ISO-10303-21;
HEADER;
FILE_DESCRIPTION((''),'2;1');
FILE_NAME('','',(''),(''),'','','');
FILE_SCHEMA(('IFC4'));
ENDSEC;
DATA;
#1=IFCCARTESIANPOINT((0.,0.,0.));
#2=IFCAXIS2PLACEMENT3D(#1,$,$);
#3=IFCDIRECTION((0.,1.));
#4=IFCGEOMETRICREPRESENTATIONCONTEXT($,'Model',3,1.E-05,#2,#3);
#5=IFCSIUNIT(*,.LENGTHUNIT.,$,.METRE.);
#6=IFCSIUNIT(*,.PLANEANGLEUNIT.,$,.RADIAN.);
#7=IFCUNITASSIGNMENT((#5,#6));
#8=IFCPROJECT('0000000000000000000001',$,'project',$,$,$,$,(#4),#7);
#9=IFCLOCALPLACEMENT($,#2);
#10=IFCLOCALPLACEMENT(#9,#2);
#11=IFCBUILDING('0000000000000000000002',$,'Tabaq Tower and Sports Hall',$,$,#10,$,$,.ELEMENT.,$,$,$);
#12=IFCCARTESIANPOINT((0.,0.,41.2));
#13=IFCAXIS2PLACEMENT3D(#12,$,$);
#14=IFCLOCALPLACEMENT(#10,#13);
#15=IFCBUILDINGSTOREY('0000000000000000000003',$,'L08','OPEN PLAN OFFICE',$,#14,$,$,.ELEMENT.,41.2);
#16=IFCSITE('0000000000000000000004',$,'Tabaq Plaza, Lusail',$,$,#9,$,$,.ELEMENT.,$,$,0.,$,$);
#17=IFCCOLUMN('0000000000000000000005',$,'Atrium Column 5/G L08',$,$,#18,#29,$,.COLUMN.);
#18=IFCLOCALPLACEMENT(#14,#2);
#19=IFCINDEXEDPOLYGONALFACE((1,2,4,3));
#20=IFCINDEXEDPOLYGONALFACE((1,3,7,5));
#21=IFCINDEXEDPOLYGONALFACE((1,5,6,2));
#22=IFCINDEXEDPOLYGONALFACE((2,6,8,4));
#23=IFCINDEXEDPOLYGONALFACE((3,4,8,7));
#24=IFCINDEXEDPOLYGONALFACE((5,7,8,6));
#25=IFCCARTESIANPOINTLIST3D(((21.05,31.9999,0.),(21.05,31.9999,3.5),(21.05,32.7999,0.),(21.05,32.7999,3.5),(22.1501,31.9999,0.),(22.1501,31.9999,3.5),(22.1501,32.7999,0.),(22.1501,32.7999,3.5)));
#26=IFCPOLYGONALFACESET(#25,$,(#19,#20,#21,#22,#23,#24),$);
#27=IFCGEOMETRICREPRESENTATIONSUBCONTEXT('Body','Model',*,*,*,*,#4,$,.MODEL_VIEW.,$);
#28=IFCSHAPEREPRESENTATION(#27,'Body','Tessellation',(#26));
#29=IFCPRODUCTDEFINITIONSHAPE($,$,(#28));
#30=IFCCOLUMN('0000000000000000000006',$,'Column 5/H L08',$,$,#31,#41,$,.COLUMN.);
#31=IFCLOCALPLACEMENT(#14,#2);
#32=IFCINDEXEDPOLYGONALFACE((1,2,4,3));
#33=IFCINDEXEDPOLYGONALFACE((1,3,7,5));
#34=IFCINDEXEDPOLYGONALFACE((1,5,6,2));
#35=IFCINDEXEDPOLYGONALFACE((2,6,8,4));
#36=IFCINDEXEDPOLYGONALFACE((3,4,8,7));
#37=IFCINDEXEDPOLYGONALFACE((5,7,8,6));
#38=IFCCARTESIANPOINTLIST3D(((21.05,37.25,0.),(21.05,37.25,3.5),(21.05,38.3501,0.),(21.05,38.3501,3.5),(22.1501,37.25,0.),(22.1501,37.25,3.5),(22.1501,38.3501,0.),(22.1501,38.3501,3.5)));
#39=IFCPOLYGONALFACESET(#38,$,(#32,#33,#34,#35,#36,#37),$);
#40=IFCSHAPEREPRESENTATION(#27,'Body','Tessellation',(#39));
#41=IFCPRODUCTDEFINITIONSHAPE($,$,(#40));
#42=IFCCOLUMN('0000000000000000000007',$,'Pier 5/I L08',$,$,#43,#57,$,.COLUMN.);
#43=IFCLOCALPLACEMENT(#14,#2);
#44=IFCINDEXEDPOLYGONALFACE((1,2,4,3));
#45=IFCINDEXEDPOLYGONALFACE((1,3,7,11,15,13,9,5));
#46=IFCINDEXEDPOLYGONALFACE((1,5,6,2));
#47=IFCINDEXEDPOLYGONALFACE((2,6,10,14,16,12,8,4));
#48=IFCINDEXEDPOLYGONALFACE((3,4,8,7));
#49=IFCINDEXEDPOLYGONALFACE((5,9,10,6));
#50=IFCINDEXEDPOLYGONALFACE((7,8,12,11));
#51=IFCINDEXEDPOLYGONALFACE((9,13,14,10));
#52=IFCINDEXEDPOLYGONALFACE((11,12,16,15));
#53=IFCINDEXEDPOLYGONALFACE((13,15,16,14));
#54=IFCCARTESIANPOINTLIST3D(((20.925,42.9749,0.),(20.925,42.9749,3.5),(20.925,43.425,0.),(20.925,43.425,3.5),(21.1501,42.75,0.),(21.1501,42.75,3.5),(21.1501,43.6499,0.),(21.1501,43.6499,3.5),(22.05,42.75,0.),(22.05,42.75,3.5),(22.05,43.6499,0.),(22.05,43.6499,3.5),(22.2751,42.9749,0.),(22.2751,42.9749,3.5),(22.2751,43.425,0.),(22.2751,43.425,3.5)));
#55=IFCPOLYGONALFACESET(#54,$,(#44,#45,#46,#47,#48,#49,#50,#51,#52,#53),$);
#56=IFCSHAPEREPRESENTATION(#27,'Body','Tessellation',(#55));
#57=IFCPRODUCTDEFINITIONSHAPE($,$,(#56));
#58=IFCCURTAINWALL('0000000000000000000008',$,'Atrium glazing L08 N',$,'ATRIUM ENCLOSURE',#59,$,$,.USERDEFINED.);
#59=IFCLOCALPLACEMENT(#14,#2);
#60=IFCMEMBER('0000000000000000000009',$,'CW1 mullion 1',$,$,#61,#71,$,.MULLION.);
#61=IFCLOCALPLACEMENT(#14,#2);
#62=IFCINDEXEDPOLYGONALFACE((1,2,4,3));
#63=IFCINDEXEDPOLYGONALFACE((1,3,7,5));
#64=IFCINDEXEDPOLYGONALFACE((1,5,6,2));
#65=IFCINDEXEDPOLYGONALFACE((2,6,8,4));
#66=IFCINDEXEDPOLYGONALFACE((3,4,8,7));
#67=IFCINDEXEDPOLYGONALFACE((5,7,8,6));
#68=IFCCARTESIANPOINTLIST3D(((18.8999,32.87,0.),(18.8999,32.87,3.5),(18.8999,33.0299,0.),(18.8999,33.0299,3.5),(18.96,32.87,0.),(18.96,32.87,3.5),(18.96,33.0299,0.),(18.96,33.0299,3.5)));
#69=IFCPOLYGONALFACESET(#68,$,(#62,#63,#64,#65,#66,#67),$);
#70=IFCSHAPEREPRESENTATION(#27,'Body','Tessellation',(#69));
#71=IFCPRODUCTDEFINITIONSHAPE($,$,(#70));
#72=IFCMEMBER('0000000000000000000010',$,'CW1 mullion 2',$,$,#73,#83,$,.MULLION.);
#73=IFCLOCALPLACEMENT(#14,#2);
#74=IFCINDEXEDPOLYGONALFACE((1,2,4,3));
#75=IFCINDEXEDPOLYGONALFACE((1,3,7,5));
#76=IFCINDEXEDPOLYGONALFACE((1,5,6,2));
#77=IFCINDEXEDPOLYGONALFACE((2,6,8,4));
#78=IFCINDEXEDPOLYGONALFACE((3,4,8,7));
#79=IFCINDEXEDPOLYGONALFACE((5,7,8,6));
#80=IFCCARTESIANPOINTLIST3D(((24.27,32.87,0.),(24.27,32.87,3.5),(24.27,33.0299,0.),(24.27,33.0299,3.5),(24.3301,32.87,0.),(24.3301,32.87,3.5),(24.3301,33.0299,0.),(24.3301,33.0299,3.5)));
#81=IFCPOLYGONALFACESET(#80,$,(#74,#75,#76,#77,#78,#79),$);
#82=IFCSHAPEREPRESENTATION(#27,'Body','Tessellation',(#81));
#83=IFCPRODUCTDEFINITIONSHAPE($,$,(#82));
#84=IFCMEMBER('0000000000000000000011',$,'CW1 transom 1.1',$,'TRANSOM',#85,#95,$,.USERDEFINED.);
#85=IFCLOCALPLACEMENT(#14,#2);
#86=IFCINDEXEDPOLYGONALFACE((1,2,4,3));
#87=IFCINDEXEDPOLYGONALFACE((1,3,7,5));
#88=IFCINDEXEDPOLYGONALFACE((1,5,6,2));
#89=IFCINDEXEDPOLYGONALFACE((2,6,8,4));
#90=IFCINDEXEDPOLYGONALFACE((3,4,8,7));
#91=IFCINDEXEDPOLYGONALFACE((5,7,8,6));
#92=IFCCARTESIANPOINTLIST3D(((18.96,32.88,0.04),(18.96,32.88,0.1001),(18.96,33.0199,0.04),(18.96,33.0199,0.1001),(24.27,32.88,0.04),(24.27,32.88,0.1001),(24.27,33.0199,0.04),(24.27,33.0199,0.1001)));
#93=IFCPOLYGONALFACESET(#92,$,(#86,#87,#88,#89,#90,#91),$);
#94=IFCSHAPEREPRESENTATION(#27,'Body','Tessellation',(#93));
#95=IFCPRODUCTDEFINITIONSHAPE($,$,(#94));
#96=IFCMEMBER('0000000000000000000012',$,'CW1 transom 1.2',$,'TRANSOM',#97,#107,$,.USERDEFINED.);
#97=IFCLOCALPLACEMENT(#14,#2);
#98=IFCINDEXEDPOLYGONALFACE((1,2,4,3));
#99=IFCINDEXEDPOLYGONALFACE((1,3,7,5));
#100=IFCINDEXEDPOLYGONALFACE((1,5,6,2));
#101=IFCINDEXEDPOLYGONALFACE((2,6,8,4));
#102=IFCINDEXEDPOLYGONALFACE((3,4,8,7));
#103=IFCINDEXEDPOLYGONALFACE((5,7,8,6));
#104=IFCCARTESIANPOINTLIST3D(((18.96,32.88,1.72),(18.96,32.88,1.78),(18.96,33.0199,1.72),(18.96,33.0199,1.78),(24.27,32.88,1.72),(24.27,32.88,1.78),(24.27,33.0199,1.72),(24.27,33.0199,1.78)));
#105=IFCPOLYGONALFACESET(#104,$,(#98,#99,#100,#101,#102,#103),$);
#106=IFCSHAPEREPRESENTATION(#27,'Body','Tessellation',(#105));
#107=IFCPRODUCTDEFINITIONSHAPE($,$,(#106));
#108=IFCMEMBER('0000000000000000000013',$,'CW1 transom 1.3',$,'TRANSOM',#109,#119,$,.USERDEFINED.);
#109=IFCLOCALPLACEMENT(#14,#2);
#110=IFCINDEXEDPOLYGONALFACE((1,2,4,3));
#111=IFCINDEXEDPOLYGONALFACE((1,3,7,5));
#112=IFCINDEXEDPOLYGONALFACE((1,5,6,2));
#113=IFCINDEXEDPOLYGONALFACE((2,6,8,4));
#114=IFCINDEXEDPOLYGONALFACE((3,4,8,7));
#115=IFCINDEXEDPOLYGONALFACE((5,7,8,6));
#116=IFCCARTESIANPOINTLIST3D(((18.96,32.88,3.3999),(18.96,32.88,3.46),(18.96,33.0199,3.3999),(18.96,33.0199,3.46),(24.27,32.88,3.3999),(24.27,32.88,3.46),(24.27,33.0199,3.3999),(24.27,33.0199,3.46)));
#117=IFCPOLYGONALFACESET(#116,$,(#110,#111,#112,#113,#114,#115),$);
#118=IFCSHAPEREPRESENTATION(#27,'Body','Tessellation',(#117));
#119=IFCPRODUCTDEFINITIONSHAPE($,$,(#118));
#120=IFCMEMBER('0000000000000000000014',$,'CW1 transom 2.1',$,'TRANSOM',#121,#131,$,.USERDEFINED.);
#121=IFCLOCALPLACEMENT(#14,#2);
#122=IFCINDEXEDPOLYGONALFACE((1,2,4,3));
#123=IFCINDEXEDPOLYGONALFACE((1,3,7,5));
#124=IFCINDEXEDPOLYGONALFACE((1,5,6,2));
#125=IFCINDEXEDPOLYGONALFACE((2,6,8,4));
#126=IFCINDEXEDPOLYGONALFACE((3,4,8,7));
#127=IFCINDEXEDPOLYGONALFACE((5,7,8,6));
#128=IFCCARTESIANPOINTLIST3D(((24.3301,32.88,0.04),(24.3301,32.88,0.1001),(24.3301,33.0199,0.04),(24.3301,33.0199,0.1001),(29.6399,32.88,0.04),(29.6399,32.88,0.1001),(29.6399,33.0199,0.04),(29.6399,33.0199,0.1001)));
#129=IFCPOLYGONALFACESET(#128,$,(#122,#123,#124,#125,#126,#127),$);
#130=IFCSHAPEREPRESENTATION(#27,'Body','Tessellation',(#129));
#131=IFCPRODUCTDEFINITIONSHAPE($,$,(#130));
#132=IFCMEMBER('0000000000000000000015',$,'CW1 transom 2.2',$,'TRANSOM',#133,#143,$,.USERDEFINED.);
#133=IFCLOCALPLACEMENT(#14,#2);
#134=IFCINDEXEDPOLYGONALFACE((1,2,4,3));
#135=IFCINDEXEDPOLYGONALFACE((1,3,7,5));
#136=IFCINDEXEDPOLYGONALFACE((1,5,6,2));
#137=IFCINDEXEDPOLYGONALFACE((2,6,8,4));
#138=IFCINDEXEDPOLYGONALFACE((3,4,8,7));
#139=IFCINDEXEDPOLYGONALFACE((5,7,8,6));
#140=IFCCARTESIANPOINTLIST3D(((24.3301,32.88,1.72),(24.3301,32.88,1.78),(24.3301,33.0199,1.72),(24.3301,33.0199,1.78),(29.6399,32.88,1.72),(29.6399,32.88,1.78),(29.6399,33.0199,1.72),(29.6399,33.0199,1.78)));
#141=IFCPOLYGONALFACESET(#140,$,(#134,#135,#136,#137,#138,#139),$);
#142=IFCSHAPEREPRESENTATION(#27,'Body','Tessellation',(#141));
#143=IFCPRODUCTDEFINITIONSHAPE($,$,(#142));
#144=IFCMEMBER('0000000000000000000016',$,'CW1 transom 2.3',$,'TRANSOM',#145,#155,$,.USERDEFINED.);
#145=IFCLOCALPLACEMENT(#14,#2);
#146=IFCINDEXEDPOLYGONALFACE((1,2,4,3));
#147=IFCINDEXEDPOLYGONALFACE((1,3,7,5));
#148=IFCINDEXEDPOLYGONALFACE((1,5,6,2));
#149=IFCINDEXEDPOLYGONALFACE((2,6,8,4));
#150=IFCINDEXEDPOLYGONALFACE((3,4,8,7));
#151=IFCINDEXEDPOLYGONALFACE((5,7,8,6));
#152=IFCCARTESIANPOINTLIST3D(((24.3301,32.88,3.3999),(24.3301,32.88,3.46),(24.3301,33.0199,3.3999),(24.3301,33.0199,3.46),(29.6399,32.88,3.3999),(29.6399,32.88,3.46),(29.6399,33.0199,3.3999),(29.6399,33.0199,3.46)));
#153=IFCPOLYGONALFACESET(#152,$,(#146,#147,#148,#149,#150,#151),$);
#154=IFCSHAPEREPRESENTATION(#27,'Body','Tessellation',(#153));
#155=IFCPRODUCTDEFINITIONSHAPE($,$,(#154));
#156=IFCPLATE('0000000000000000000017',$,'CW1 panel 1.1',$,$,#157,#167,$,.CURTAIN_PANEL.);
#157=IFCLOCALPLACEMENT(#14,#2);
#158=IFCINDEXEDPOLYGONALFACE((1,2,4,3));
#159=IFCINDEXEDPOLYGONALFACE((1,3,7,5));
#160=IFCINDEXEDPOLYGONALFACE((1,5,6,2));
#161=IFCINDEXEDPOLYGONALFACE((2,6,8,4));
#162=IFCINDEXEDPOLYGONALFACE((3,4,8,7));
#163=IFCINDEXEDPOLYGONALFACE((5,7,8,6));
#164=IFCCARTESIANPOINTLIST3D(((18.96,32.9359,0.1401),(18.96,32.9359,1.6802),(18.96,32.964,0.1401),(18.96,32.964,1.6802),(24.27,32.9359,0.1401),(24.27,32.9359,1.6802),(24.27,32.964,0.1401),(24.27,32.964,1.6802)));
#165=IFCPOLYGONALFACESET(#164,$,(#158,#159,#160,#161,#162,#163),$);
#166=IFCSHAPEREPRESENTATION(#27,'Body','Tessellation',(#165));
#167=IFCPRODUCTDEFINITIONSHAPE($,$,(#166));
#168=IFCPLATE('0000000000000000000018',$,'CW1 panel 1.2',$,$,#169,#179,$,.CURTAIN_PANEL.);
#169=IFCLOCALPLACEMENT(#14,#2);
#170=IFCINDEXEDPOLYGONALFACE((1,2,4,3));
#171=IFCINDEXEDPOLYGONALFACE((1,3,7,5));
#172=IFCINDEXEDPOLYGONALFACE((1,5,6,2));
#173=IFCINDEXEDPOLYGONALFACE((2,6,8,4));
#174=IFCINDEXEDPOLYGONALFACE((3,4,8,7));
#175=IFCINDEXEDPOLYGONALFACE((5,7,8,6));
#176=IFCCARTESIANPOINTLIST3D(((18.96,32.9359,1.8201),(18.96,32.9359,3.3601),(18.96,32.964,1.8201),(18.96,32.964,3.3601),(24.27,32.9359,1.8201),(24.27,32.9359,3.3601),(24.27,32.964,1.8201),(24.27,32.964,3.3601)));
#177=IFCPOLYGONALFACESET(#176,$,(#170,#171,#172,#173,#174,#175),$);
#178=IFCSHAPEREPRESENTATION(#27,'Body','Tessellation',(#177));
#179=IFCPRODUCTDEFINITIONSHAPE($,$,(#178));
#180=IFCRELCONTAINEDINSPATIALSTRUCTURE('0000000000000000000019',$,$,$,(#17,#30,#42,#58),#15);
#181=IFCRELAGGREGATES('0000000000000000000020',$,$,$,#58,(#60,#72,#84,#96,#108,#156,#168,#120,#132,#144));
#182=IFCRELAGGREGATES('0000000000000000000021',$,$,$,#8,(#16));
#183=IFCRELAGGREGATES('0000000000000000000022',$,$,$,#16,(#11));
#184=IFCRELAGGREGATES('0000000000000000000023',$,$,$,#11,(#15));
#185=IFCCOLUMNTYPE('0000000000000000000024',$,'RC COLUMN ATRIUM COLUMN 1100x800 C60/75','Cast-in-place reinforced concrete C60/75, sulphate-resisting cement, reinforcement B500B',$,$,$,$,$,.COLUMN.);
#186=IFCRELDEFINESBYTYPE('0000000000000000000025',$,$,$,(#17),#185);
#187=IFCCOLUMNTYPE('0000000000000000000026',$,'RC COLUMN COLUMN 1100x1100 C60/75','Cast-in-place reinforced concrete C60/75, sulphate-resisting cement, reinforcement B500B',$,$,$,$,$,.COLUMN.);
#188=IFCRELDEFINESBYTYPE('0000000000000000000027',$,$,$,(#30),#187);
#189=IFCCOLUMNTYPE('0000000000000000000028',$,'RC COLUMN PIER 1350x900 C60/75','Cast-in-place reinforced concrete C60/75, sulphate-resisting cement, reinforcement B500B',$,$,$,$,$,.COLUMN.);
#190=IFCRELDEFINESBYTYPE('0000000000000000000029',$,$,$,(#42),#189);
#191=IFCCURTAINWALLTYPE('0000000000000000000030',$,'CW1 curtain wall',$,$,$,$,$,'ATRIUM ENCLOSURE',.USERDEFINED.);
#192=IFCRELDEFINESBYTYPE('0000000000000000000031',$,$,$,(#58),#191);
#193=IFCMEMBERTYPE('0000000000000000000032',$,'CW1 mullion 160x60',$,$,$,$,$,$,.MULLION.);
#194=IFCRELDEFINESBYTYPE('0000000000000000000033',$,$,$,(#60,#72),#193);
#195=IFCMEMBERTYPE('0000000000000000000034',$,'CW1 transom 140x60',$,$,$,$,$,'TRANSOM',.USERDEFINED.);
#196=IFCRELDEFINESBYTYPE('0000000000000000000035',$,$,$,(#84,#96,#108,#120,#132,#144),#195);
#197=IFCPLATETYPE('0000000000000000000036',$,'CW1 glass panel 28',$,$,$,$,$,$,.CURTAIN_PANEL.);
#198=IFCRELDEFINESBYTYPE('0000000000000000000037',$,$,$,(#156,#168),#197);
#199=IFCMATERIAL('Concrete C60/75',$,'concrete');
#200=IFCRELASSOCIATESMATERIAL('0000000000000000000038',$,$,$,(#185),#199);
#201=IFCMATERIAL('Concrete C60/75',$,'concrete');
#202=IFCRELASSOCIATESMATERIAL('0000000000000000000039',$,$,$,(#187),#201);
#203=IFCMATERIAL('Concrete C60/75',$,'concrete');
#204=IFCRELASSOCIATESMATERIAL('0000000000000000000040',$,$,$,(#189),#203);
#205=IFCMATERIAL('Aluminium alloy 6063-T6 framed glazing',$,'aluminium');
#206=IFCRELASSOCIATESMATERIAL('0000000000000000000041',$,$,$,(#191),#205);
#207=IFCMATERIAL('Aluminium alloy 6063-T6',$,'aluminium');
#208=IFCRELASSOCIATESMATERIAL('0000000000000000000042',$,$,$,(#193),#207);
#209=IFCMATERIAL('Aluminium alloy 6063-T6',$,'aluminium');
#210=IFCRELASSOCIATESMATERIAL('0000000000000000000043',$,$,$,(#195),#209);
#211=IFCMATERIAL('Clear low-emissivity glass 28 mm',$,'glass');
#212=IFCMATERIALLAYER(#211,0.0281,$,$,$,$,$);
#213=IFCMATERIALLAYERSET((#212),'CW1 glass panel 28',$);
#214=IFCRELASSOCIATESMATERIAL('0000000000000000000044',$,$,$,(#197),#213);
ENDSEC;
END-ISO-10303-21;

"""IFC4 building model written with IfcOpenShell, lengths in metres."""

from ifc_helpers import new_model, si_unit, direction, frame, origin, origin_2d, place, context, subcontext, project, spatial, polyline, rectangle, outline, extrude, material, layer, layer_set, material_profile, profile_set, type_object, element, aggregate, save


model = new_model("IFC4")

# Units and contexts
model_context = context("Model", 3, precision=1e-05, world=origin(), true_north=direction((0.0, 1.0)))
body_context = subcontext(model_context, "Body", "Model", "MODEL_VIEW")
ifc_project = project(units=[si_unit("LENGTHUNIT", "METRE"), si_unit("PLANEANGLEUNIT", "RADIAN")], contexts=[model_context])

# Site, building, storey
site_placement = place(None, origin())
site = spatial("IfcSite", under=ifc_project, at=site_placement, Name="Tabaq Plaza, Lusail", CompositionType="ELEMENT", RefElevation=0.0)
building_placement = place(site_placement, origin())
building = spatial("IfcBuilding", under=site, at=building_placement, Name="Tabaq Tower and Sports Hall", CompositionType="ELEMENT")
storey_placement = place(building_placement, frame((0.0, 0.0, 41.2)))
storey = spatial("IfcBuildingStorey", under=building, at=storey_placement, Name="L08", Description="OPEN PLAN OFFICE", CompositionType="ELEMENT", Elevation=41.2)

# Columns
ifc_material_1 = material(Name="Concrete C60/75", Category="concrete")
ifc_material_profile_1 = material_profile(ifc_material_1, rectangle(XDim=1.1001, YDim=0.8, at=origin_2d()), Name="ATRIUM COLUMN 1100x800")
ifc_profile_set_1 = profile_set([ifc_material_profile_1], Name="Concrete C60/75")
column_type_1 = type_object("IfcColumnType", Name="RC COLUMN ATRIUM COLUMN 1100x800 C60/75", Description="Cast-in-place reinforced concrete C60/75, sulphate-resisting cement, reinforcement B500B", PredefinedType="COLUMN", material=ifc_profile_set_1)
column_1_placement = place(storey_placement, frame((21.6001, 32.3999, 0.0), z_axis=(0.0, 0.0, 1.0), x_axis=(1.0, 0.0, 0.0)))
element("IfcColumn", 1, at=column_1_placement, inside=storey, type_object=column_type_1, Name="Atrium Column 5/G L08", PredefinedType="COLUMN", context=body_context, shape_type="SweptSolid", body=[
    extrude(rectangle(XDim=1.1001, YDim=0.8, at=origin_2d()), origin(), (0.0, 0.0, 1.0), 3.5),
])
ifc_material_2 = material(Name="Concrete C60/75", Category="concrete")
ifc_material_profile_2 = material_profile(ifc_material_2, rectangle(XDim=1.1001, YDim=1.1001, at=origin_2d()), Name="COLUMN 1100x1100")
ifc_profile_set_2 = profile_set([ifc_material_profile_2], Name="Concrete C60/75")
column_type_2 = type_object("IfcColumnType", Name="RC COLUMN COLUMN 1100x1100 C60/75", Description="Cast-in-place reinforced concrete C60/75, sulphate-resisting cement, reinforcement B500B", PredefinedType="COLUMN", material=ifc_profile_set_2)
column_2_placement = place(storey_placement, frame((21.6001, 37.8, 0.0), z_axis=(0.0, 0.0, 1.0), x_axis=(1.0, 0.0, 0.0)))
element("IfcColumn", 2, at=column_2_placement, inside=storey, type_object=column_type_2, Name="Column 5/H L08", PredefinedType="COLUMN", context=body_context, shape_type="SweptSolid", body=[
    extrude(rectangle(XDim=1.1001, YDim=1.1001, at=origin_2d()), origin(), (0.0, 0.0, 1.0), 3.5),
])
ifc_material_3 = material(Name="Concrete C60/75", Category="concrete")
ifc_material_profile_3 = material_profile(ifc_material_3, outline(polyline([(-0.45, -0.45), (0.45, -0.45), (0.675, -0.2251), (0.675, 0.2251), (0.45, 0.45), (-0.45, 0.45), (-0.675, 0.2251), (-0.675, -0.2251), (-0.45, -0.45)])), Name="PIER 1350x900")
ifc_profile_set_3 = profile_set([ifc_material_profile_3], Name="Concrete C60/75")
column_type_3 = type_object("IfcColumnType", Name="RC COLUMN PIER 1350x900 C60/75", Description="Cast-in-place reinforced concrete C60/75, sulphate-resisting cement, reinforcement B500B", PredefinedType="COLUMN", material=ifc_profile_set_3)
column_3_placement = place(storey_placement, frame((21.6001, 43.2, 0.0), z_axis=(0.0, 0.0, 1.0), x_axis=(1.0, 0.0, 0.0)))
element("IfcColumn", 3, at=column_3_placement, inside=storey, type_object=column_type_3, Name="Pier 5/I L08", PredefinedType="COLUMN", context=body_context, shape_type="SweptSolid", body=[
    extrude(outline(polyline([(-0.45, -0.45), (0.45, -0.45), (0.675, -0.2251), (0.675, 0.2251), (0.45, 0.45), (-0.45, 0.45), (-0.675, 0.2251), (-0.675, -0.2251), (-0.45, -0.45)])), origin(), (0.0, 0.0, 1.0), 3.5),
])

# Curtain wall, members, plates
ifc_material_4 = material(Name="Aluminium alloy 6063-T6 framed glazing", Category="aluminium")
curtain_wall_type = type_object("IfcCurtainWallType", Name="CW1 curtain wall", ElementType="ATRIUM ENCLOSURE", PredefinedType="USERDEFINED", material=ifc_material_4)
curtain_wall_placement = place(storey_placement, origin())
curtain_wall = element("IfcCurtainWall", 4, at=curtain_wall_placement, inside=storey, type_object=curtain_wall_type, Name="Atrium glazing L08 N", ObjectType="ATRIUM ENCLOSURE", PredefinedType="USERDEFINED")
ifc_material_5 = material(Name="Aluminium alloy 6063-T6", Category="aluminium")
ifc_material_profile_4 = material_profile(ifc_material_5, rectangle(XDim=0.1599, YDim=0.0601, at=origin_2d()), Name="MULLION 160x60")
ifc_profile_set_4 = profile_set([ifc_material_profile_4], Name="Aluminium alloy 6063-T6")
member_type_1 = type_object("IfcMemberType", Name="CW1 mullion 160x60", PredefinedType="MULLION", material=ifc_profile_set_4)
member_1_placement = place(storey_placement, frame((18.9299, 32.95, 0.0), z_axis=(0.0, 0.0, 1.0), x_axis=(0.0, 1.0, 0.0)))
member_1 = element("IfcMember", 5, at=member_1_placement, type_object=member_type_1, Name="CW1 mullion 1", PredefinedType="MULLION", context=body_context, shape_type="SweptSolid", body=[
    extrude(rectangle(XDim=0.1599, YDim=0.0601, at=origin_2d()), origin(), (0.0, 0.0, 1.0), 3.5),
])
member_2_placement = place(storey_placement, frame((24.3, 32.95, 0.0), z_axis=(0.0, 0.0, 1.0), x_axis=(0.0, 1.0, 0.0)))
member_2 = element("IfcMember", 6, at=member_2_placement, type_object=member_type_1, Name="CW1 mullion 2", PredefinedType="MULLION", context=body_context, shape_type="SweptSolid", body=[
    extrude(rectangle(XDim=0.1599, YDim=0.0601, at=origin_2d()), origin(), (0.0, 0.0, 1.0), 3.5),
])
ifc_material_6 = material(Name="Aluminium alloy 6063-T6", Category="aluminium")
ifc_material_profile_5 = material_profile(ifc_material_6, rectangle(XDim=0.1399, YDim=0.0601, at=origin_2d()), Name="TRANSOM 140x60")
ifc_profile_set_5 = profile_set([ifc_material_profile_5], Name="Aluminium alloy 6063-T6")
member_type_2 = type_object("IfcMemberType", Name="CW1 transom 140x60", ElementType="TRANSOM", PredefinedType="USERDEFINED", material=ifc_profile_set_5)
member_3_placement = place(storey_placement, frame((18.96, 32.95, 0.0701), z_axis=(1.0, 0.0, 0.0), x_axis=(0.0, 1.0, 0.0)))
member_3 = element("IfcMember", 7, at=member_3_placement, type_object=member_type_2, Name="CW1 transom 1.1", ObjectType="TRANSOM", PredefinedType="USERDEFINED", context=body_context, shape_type="SweptSolid", body=[
    extrude(rectangle(XDim=0.1399, YDim=0.0601, at=origin_2d()), origin(), (0.0, 0.0, 1.0), 5.3101),
])
member_4_placement = place(storey_placement, frame((18.96, 32.95, 1.75), z_axis=(1.0, 0.0, 0.0), x_axis=(0.0, 1.0, 0.0)))
member_4 = element("IfcMember", 8, at=member_4_placement, type_object=member_type_2, Name="CW1 transom 1.2", ObjectType="TRANSOM", PredefinedType="USERDEFINED", context=body_context, shape_type="SweptSolid", body=[
    extrude(rectangle(XDim=0.1399, YDim=0.0601, at=origin_2d()), origin(), (0.0, 0.0, 1.0), 5.3101),
])
member_5_placement = place(storey_placement, frame((18.96, 32.95, 3.4299), z_axis=(1.0, 0.0, 0.0), x_axis=(0.0, 1.0, 0.0)))
member_5 = element("IfcMember", 9, at=member_5_placement, type_object=member_type_2, Name="CW1 transom 1.3", ObjectType="TRANSOM", PredefinedType="USERDEFINED", context=body_context, shape_type="SweptSolid", body=[
    extrude(rectangle(XDim=0.1399, YDim=0.0601, at=origin_2d()), origin(), (0.0, 0.0, 1.0), 5.3101),
])
member_6_placement = place(storey_placement, frame((24.3301, 32.95, 0.0701), z_axis=(1.0, 0.0, 0.0), x_axis=(0.0, 1.0, 0.0)))
member_6 = element("IfcMember", 10, at=member_6_placement, type_object=member_type_2, Name="CW1 transom 2.1", ObjectType="TRANSOM", PredefinedType="USERDEFINED", context=body_context, shape_type="SweptSolid", body=[
    extrude(rectangle(XDim=0.1399, YDim=0.0601, at=origin_2d()), origin(), (0.0, 0.0, 1.0), 5.3098),
])
member_7_placement = place(storey_placement, frame((24.3301, 32.95, 1.75), z_axis=(1.0, 0.0, 0.0), x_axis=(0.0, 1.0, 0.0)))
member_7 = element("IfcMember", 11, at=member_7_placement, type_object=member_type_2, Name="CW1 transom 2.2", ObjectType="TRANSOM", PredefinedType="USERDEFINED", context=body_context, shape_type="SweptSolid", body=[
    extrude(rectangle(XDim=0.1399, YDim=0.0601, at=origin_2d()), origin(), (0.0, 0.0, 1.0), 5.3098),
])
member_8_placement = place(storey_placement, frame((24.3301, 32.95, 3.4299), z_axis=(1.0, 0.0, 0.0), x_axis=(0.0, 1.0, 0.0)))
member_8 = element("IfcMember", 12, at=member_8_placement, type_object=member_type_2, Name="CW1 transom 2.3", ObjectType="TRANSOM", PredefinedType="USERDEFINED", context=body_context, shape_type="SweptSolid", body=[
    extrude(rectangle(XDim=0.1399, YDim=0.0601, at=origin_2d()), origin(), (0.0, 0.0, 1.0), 5.3098),
])
ifc_material_7 = material(Name="Clear low-emissivity glass 28 mm", Category="glass")
ifc_layer_1 = layer(ifc_material_7, 0.0281)
ifc_layer_set_1 = layer_set([ifc_layer_1], Name="CW1 glass panel 28")
plate_type = type_object("IfcPlateType", Name="CW1 glass panel 28", PredefinedType="CURTAIN_PANEL", material=ifc_layer_set_1)
plate_1_placement = place(storey_placement, frame((21.615, 32.95, 0.1401), z_axis=(0.0, 0.0, 1.0), x_axis=(1.0, 0.0, 0.0)))
plate_1 = element("IfcPlate", 13, at=plate_1_placement, type_object=plate_type, Name="CW1 panel 1.1", PredefinedType="CURTAIN_PANEL", context=body_context, shape_type="SweptSolid", body=[
    extrude(rectangle(XDim=5.3101, YDim=0.0281, at=origin_2d()), origin(), (0.0, 0.0, 1.0), 1.54),
])
plate_2_placement = place(storey_placement, frame((21.615, 32.95, 1.8201), z_axis=(0.0, 0.0, 1.0), x_axis=(1.0, 0.0, 0.0)))
plate_2 = element("IfcPlate", 14, at=plate_2_placement, type_object=plate_type, Name="CW1 panel 1.2", PredefinedType="CURTAIN_PANEL", context=body_context, shape_type="SweptSolid", body=[
    extrude(rectangle(XDim=5.3101, YDim=0.0281, at=origin_2d()), origin(), (0.0, 0.0, 1.0), 1.54),
])
aggregate(curtain_wall, [member_1, member_2, member_3, member_4, member_5, plate_1, plate_2, member_6, member_7, member_8])

save(model, "model.ifc")
